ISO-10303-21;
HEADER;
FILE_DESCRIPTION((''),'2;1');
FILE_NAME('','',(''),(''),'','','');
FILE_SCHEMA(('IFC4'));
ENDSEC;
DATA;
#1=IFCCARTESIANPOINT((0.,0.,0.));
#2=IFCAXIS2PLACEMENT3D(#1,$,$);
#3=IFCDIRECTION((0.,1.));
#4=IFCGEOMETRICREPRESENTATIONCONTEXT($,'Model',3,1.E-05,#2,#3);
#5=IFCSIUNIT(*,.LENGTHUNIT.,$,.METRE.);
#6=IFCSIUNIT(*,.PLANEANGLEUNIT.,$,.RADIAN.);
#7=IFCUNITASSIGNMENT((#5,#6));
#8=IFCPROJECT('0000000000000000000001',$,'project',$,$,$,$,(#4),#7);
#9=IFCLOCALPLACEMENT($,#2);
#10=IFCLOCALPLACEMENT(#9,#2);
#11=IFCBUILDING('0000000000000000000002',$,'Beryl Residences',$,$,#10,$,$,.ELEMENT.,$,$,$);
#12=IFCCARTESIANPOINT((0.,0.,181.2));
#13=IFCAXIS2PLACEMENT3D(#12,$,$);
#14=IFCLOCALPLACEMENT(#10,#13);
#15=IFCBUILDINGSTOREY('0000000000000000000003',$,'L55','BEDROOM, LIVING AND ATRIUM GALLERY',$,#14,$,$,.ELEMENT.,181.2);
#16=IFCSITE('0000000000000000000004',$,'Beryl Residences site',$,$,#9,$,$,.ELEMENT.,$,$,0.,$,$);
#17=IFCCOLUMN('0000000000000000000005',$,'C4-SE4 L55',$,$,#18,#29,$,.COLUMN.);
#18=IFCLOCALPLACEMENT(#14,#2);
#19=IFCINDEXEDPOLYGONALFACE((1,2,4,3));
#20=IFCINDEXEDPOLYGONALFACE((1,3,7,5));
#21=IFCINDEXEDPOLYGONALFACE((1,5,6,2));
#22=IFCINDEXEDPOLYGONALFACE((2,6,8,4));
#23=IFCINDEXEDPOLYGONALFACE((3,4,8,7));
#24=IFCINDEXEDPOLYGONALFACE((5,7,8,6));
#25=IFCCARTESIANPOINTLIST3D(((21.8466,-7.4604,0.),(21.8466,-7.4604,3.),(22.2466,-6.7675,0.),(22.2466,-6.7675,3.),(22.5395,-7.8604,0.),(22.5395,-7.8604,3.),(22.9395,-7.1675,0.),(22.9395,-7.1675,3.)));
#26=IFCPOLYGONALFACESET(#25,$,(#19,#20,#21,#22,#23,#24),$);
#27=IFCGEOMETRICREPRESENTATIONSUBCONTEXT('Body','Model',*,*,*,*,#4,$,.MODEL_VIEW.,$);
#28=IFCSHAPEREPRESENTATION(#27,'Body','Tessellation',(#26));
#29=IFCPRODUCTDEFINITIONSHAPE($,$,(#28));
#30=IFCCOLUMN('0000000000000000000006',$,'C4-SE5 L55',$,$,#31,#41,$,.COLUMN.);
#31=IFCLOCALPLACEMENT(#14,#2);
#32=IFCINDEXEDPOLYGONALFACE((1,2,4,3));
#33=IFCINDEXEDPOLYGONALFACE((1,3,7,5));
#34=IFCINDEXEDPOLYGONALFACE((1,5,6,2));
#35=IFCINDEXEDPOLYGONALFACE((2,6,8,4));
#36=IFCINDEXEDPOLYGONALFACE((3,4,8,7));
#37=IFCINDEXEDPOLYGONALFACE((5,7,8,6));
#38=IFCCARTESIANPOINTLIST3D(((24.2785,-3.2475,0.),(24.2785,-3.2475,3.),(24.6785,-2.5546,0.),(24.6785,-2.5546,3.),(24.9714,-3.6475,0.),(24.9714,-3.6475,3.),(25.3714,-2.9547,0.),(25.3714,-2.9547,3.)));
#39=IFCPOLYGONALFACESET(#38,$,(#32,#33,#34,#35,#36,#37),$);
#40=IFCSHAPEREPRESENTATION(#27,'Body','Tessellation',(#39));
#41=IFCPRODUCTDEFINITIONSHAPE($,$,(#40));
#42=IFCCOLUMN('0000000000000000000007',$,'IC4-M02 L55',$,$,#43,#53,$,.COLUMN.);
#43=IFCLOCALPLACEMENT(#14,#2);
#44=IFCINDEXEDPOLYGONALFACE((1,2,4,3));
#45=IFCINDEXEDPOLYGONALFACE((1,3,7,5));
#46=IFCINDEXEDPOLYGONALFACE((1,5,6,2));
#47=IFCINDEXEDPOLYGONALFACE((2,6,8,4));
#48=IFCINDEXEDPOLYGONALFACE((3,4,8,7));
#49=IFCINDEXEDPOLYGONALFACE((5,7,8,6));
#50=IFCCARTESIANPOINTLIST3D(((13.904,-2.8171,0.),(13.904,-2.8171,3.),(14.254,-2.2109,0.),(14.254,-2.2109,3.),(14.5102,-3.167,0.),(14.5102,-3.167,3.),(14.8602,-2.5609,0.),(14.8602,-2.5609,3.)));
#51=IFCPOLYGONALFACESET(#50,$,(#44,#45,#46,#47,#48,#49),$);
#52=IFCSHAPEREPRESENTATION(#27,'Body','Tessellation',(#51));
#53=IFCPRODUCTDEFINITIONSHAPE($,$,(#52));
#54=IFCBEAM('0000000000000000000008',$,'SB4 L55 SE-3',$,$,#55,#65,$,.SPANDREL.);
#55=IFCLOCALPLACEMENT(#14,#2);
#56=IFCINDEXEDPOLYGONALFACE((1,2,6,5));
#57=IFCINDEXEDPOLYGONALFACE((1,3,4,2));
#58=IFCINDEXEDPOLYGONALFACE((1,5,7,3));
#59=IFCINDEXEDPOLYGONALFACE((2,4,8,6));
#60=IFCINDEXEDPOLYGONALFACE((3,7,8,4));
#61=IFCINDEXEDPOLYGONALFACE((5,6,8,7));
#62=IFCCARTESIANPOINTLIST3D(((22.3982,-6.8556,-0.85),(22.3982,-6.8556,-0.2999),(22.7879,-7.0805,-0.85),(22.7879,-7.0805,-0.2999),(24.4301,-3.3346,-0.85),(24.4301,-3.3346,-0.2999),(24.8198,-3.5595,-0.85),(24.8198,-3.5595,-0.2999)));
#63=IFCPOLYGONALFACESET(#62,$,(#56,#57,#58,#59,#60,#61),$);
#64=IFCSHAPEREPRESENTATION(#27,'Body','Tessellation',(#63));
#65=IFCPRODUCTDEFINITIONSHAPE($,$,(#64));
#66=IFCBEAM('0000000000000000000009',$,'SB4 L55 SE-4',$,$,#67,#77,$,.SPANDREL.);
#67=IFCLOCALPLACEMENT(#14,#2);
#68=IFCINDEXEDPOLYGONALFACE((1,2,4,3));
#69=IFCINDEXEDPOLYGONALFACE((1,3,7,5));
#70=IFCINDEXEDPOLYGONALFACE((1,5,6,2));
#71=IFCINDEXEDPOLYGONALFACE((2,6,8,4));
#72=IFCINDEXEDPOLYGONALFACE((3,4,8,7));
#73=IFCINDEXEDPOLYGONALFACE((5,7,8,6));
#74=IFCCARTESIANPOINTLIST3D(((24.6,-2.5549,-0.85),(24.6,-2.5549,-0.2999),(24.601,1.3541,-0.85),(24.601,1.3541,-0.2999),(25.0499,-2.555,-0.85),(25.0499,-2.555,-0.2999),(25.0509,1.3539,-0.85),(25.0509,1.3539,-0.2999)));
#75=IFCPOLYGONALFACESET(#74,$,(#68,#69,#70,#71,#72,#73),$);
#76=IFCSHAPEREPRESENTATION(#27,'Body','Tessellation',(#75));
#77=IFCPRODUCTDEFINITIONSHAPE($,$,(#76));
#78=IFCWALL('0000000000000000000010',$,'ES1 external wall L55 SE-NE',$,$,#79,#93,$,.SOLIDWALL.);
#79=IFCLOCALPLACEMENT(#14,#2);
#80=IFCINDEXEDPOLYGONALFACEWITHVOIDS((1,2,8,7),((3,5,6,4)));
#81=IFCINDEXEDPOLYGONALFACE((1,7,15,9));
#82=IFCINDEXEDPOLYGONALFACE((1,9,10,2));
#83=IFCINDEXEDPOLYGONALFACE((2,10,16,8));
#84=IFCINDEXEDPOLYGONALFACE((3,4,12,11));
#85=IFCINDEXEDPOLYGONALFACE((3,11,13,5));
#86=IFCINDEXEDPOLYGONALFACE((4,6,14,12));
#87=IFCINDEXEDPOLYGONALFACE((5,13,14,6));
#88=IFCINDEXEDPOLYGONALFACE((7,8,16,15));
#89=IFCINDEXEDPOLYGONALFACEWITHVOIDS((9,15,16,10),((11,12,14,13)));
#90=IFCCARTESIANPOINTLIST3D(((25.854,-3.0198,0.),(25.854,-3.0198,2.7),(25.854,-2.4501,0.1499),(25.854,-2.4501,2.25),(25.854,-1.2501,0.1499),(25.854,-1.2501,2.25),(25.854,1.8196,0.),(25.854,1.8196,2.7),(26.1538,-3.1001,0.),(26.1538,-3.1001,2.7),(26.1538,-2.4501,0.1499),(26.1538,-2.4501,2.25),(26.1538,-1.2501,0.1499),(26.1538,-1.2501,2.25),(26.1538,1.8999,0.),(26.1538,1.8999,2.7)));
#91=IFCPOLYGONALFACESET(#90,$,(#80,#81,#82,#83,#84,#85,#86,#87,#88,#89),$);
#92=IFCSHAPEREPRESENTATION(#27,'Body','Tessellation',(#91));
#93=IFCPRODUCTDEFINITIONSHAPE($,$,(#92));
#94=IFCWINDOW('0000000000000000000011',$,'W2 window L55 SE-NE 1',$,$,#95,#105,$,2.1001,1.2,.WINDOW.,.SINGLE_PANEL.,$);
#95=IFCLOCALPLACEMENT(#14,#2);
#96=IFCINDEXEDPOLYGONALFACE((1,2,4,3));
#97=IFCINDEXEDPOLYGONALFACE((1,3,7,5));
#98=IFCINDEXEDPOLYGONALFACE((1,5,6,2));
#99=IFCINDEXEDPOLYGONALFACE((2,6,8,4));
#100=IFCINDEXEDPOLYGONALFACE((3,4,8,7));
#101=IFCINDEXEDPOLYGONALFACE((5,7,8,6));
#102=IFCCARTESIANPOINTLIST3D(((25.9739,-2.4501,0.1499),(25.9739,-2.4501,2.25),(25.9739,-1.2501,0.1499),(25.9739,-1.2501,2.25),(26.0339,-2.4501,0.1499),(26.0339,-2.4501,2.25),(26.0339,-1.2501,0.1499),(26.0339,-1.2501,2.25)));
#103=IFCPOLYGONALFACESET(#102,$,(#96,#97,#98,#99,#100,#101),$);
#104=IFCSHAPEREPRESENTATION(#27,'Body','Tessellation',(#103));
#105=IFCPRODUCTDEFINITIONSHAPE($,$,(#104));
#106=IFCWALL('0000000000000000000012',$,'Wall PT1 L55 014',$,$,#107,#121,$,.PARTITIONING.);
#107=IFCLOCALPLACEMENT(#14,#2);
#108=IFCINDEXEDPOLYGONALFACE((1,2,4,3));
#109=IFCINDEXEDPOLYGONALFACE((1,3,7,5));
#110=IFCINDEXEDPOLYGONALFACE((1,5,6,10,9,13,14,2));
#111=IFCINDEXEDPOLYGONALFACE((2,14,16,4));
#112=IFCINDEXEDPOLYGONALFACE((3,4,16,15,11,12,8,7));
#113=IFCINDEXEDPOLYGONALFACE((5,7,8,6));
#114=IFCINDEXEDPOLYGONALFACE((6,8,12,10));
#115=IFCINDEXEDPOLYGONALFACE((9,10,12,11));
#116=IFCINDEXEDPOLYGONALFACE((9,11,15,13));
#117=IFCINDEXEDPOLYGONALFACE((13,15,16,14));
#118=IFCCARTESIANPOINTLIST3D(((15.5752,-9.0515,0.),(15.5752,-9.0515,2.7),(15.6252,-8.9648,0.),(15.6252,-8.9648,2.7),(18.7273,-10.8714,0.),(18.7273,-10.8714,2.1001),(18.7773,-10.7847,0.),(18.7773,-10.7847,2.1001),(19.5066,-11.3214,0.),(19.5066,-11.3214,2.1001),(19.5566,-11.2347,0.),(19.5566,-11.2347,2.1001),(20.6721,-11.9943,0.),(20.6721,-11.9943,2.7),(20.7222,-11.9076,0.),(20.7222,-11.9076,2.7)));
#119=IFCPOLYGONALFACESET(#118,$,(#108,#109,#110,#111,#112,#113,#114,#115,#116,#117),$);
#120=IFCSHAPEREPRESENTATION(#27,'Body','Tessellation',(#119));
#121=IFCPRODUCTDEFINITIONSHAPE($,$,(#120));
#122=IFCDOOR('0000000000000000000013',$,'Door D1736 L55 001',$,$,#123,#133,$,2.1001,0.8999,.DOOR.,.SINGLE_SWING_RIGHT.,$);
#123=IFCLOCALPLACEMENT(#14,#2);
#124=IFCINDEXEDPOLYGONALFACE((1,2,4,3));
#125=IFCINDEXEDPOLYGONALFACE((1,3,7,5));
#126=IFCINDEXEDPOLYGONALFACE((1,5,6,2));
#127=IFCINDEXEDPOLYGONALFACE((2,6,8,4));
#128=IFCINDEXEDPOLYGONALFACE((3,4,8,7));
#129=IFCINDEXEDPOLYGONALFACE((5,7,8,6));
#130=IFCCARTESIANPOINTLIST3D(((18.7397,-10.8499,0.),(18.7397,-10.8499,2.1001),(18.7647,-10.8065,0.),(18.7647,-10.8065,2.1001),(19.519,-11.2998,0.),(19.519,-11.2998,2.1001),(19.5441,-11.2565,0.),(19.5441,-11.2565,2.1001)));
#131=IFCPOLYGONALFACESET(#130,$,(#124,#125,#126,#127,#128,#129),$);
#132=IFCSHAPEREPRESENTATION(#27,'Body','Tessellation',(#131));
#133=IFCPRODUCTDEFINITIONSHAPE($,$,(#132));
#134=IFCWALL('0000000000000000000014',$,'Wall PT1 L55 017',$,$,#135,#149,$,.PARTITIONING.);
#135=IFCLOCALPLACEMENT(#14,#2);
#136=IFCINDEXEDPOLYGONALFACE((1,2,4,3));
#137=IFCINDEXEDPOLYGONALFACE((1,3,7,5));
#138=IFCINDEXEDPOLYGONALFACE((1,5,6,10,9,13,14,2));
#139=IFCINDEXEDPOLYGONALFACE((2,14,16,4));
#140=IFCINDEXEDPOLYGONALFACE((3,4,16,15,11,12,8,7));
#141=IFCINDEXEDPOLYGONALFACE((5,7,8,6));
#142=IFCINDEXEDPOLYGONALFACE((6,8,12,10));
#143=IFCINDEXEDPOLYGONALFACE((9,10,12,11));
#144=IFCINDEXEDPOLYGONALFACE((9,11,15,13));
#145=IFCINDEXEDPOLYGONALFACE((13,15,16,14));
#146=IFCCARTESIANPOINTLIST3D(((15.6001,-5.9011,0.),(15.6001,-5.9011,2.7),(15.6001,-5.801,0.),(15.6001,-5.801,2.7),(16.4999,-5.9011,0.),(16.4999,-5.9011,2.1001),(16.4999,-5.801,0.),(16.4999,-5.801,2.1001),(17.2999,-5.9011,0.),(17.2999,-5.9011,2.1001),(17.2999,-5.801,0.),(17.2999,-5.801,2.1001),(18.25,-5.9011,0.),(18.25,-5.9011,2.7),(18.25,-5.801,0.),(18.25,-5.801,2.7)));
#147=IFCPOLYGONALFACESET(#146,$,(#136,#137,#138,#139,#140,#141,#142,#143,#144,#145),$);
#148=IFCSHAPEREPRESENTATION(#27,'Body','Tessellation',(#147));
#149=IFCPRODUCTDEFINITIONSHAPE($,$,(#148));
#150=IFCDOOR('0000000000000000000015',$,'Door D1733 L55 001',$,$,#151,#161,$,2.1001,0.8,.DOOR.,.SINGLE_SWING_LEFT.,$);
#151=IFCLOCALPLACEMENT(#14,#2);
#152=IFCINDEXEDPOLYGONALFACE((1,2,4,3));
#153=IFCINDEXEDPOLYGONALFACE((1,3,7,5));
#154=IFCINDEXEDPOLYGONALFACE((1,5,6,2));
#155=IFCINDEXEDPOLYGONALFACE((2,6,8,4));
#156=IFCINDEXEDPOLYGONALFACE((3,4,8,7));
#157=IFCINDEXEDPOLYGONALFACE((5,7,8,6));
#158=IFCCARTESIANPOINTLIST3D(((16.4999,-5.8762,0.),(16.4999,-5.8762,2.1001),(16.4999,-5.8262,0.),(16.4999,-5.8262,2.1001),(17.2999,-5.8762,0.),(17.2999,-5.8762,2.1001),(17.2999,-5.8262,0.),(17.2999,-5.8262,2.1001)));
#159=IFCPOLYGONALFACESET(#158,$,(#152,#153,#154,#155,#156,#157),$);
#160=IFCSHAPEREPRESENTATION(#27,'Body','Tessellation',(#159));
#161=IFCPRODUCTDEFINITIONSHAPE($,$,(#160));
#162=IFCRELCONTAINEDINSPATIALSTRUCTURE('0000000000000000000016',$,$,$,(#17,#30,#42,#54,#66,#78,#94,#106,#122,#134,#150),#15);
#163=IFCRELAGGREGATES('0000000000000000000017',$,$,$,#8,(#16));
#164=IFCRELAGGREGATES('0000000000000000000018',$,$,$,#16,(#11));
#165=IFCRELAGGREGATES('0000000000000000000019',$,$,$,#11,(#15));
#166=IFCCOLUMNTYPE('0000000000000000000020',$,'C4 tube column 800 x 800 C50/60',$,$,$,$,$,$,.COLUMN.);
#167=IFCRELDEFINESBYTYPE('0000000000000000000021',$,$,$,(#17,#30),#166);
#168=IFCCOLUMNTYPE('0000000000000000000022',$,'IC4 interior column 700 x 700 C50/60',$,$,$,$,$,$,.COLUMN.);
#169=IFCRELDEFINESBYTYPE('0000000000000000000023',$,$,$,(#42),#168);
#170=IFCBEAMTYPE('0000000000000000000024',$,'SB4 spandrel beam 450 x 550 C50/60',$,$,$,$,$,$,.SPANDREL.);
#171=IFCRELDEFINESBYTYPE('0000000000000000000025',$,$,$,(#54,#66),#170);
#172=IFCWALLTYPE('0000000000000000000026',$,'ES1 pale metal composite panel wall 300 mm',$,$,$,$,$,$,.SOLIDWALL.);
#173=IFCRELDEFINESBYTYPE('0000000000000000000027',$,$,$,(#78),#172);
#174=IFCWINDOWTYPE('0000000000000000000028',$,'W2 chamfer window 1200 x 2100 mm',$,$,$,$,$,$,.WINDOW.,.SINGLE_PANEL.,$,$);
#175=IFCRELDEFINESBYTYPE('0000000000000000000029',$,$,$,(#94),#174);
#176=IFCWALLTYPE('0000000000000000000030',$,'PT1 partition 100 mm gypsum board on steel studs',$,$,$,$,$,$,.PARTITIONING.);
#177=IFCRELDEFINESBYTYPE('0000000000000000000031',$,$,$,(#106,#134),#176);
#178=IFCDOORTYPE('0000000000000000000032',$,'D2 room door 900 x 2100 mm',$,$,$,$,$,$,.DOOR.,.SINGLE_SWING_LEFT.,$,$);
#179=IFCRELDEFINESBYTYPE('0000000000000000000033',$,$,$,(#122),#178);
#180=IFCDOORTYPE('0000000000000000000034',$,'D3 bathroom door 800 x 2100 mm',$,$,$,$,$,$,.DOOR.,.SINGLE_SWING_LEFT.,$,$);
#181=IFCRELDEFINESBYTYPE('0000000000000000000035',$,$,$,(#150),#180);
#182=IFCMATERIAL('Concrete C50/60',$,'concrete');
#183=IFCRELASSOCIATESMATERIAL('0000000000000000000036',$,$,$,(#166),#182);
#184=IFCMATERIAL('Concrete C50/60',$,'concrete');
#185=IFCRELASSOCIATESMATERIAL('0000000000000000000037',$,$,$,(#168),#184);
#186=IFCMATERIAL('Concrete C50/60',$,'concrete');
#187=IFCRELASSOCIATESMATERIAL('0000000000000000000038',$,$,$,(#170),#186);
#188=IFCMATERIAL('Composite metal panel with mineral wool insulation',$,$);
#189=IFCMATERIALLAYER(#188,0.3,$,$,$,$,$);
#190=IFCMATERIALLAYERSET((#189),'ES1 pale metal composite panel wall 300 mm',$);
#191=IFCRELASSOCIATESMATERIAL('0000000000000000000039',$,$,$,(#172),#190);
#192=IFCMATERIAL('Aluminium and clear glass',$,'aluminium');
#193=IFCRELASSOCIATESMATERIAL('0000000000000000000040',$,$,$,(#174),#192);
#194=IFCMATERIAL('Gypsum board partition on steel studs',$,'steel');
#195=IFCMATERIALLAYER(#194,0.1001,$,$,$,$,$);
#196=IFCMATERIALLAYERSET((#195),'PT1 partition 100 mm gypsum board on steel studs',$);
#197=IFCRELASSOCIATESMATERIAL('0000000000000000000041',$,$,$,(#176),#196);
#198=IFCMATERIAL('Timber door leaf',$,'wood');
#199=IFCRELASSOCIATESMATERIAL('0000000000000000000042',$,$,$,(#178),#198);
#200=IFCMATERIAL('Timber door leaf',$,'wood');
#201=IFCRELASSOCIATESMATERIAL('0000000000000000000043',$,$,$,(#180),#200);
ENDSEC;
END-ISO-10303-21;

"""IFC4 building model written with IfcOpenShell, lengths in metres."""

from ifc_helpers import new_model, si_unit, direction, frame, frame_2d, origin, origin_2d, place, context, subcontext, project, spatial, polyline, rectangle, outline, extrude, material, layer, layer_set, material_profile, profile_set, type_object, element, fill, save


model = new_model("IFC4")

# Units and contexts
model_context = context("Model", 3, precision=1e-05, world=origin(), true_north=direction((0.0, 1.0)))
body_context = subcontext(model_context, "Body", "Model", "MODEL_VIEW")
ifc_project = project(units=[si_unit("LENGTHUNIT", "METRE"), si_unit("PLANEANGLEUNIT", "RADIAN")], contexts=[model_context])

# Site, building, storey
site_placement = place(None, origin())
site = spatial("IfcSite", under=ifc_project, at=site_placement, Name="Beryl Residences site", CompositionType="ELEMENT", RefElevation=0.0)
building_placement = place(site_placement, origin())
building = spatial("IfcBuilding", under=site, at=building_placement, Name="Beryl Residences", CompositionType="ELEMENT")
storey_placement = place(building_placement, frame((0.0, 0.0, 181.2)))
storey = spatial("IfcBuildingStorey", under=building, at=storey_placement, Name="L55", Description="BEDROOM, LIVING AND ATRIUM GALLERY", CompositionType="ELEMENT", Elevation=181.2)

# Columns
ifc_material_1 = material(Name="Concrete C50/60", Category="concrete")
ifc_material_profile_1 = material_profile(ifc_material_1, rectangle(XDim=0.8, YDim=0.8, at=origin_2d()))
ifc_profile_set_1 = profile_set([ifc_material_profile_1], Name="Concrete C50/60")
column_type_1 = type_object("IfcColumnType", Name="C4 tube column 800 x 800 C50/60", PredefinedType="COLUMN", material=ifc_profile_set_1)
for number, where, z_axis, x_axis, name in (
    (1, (22.3931, -7.314, 0.0), (0.0, 0.0, 1.0), (0.5, 0.866025, 0.0), "C4-SE4 L55"),
    (2, (24.825, -3.1011, 0.0), (0.0, 0.0, 1.0), (0.5, 0.866025, 0.0), "C4-SE5 L55"),
):
    element("IfcColumn", number, at=place(storey_placement, frame(where, z_axis=z_axis, x_axis=x_axis)), inside=storey, type_object=column_type_1, Name=name, PredefinedType="COLUMN", context=body_context, shape_type="SweptSolid", body=[
        extrude(rectangle(XDim=0.8, YDim=0.8, at=origin_2d()), origin(), (0.0, 0.0, 1.0), 3.0),
    ])
ifc_material_2 = material(Name="Concrete C50/60", Category="concrete")
ifc_material_profile_2 = material_profile(ifc_material_2, rectangle(XDim=0.7, YDim=0.7, at=origin_2d()))
ifc_profile_set_2 = profile_set([ifc_material_profile_2], Name="Concrete C50/60")
column_type_2 = type_object("IfcColumnType", Name="IC4 interior column 700 x 700 C50/60", PredefinedType="COLUMN", material=ifc_profile_set_2)
column_placement = place(storey_placement, frame((14.3821, -2.689, 0.0), z_axis=(0.0, 0.0, 1.0), x_axis=(0.5, 0.866025, 0.0)))
element("IfcColumn", 3, at=column_placement, inside=storey, type_object=column_type_2, Name="IC4-M02 L55", PredefinedType="COLUMN", context=body_context, shape_type="SweptSolid", body=[
    extrude(rectangle(XDim=0.7, YDim=0.7, at=origin_2d()), origin(), (0.0, 0.0, 1.0), 3.0),
])

# Beams
ifc_material_3 = material(Name="Concrete C50/60", Category="concrete")
ifc_material_profile_3 = material_profile(ifc_material_3, rectangle(XDim=0.45, YDim=0.55, at=origin_2d()))
ifc_profile_set_3 = profile_set([ifc_material_profile_3], Name="Concrete C50/60")
beam_type = type_object("IfcBeamType", Name="SB4 spandrel beam 450 x 550 C50/60", PredefinedType="SPANDREL", material=ifc_profile_set_3)
beam_1_placement = place(storey_placement, frame((22.593, -6.968, -0.575), z_axis=(0.49984, 0.866118, 0.0), x_axis=(-0.866118, 0.49984, 0.0)))
element("IfcBeam", 4, at=beam_1_placement, inside=storey, type_object=beam_type, Name="SB4 L55 SE-3", PredefinedType="SPANDREL", context=body_context, shape_type="SweptSolid", body=[
    extrude(rectangle(XDim=0.45, YDim=0.55, at=origin_2d()), origin(), (0.0, 0.0, 1.0), 4.0652),
])
beam_2_placement = place(storey_placement, frame((24.825, -2.5549, -0.575), z_axis=(0.00025, 1.0, 0.0), x_axis=(-1.0, 0.00025, 0.0)))
element("IfcBeam", 5, at=beam_2_placement, inside=storey, type_object=beam_type, Name="SB4 L55 SE-4", PredefinedType="SPANDREL", context=body_context, shape_type="SweptSolid", body=[
    extrude(rectangle(XDim=0.45, YDim=0.55, at=origin_2d()), origin(), (0.0, 0.0, 1.0), 3.9089),
])

# Wall, opening, window
ifc_material_4 = material(Name="Composite metal panel with mineral wool insulation")
ifc_layer_1 = layer(ifc_material_4, 0.3)
ifc_layer_set_1 = layer_set([ifc_layer_1], Name="ES1 pale metal composite panel wall 300 mm")
wall_type_1 = type_object("IfcWallType", Name="ES1 pale metal composite panel wall 300 mm", PredefinedType="SOLIDWALL", material=ifc_layer_set_1)
wall_1_placement = place(storey_placement, frame((26.0039, -3.1001, 0.0), z_axis=(0.0, 0.0, 1.0), x_axis=(0.0, 1.0, 0.0)))
wall_1 = element("IfcWall", 6, at=wall_1_placement, inside=storey, type_object=wall_type_1, Name="ES1 external wall L55 SE-NE", PredefinedType="SOLIDWALL", context=body_context, shape_type="SweptSolid", body=[
    extrude(outline(polyline([(0.0, -0.1499), (5.0, -0.1499), (4.9197, 0.1499), (0.0803, 0.1499), (0.0, -0.1499)])), origin(), (0.0, 0.0, 1.0), 2.7),
])
opening_1_placement = place(wall_1_placement, frame((0.6499, 0.0, 0.1499)))
opening_1 = element("IfcOpeningElement", 7, at=opening_1_placement, cuts=wall_1, PredefinedType="OPENING", context=body_context, shape_type="SweptSolid", body=[
    extrude(rectangle(XDim=1.2, YDim=2.1001, at=frame_2d((0.6001, 1.05))), frame((0.0, 0.1599, 0.0), z_axis=(0.0, -1.0, 0.0), x_axis=(1.0, 0.0, 0.0)), (0.0, 0.0, 1.0), 0.3201),
])
ifc_material_5 = material(Name="Aluminium and clear glass", Category="aluminium")
window_type = type_object("IfcWindowType", Name="W2 chamfer window 1200 x 2100 mm", PartitioningType="SINGLE_PANEL", PredefinedType="WINDOW", material=ifc_material_5)
window_placement = place(opening_1_placement, origin())
window = element("IfcWindow", 8, at=window_placement, inside=storey, type_object=window_type, Name="W2 window L55 SE-NE 1", OverallHeight=2.1001, OverallWidth=1.2, PartitioningType="SINGLE_PANEL", PredefinedType="WINDOW", context=body_context, shape_type="SweptSolid", body=[
    extrude(rectangle(XDim=1.2, YDim=2.1001, at=frame_2d((0.6001, 1.05))), frame((0.0, 0.03, 0.0), z_axis=(0.0, -1.0, 0.0), x_axis=(1.0, 0.0, 0.0)), (0.0, 0.0, 1.0), 0.0601),
])
fill(opening_1, window)

# Walls, openings, doors
ifc_material_6 = material(Name="Gypsum board partition on steel studs", Category="steel")
ifc_layer_2 = layer(ifc_material_6, 0.1001)
ifc_layer_set_2 = layer_set([ifc_layer_2], Name="PT1 partition 100 mm gypsum board on steel studs")
wall_type_2 = type_object("IfcWallType", Name="PT1 partition 100 mm gypsum board on steel studs", PredefinedType="PARTITIONING", material=ifc_layer_set_2)
wall_2_placement = place(storey_placement, frame((15.6001, -9.0081, 0.0), z_axis=(0.0, 0.0, 1.0), x_axis=(0.866014, -0.50002, 0.0)))
wall_2 = element("IfcWall", 9, at=wall_2_placement, inside=storey, type_object=wall_type_2, Name="Wall PT1 L55 014", PredefinedType="PARTITIONING", context=body_context, shape_type="SweptSolid", body=[
    extrude(rectangle(XDim=5.8855, YDim=0.1001, at=frame_2d((2.9429, 0.0))), origin(), (0.0, 0.0, 1.0), 2.7),
])
opening_2_placement = place(wall_2_placement, frame((3.6399, 0.0, 0.0)))
opening_2 = element("IfcOpeningElement", 10, at=opening_2_placement, cuts=wall_2, PredefinedType="OPENING", context=body_context, shape_type="SweptSolid", body=[
    extrude(rectangle(XDim=0.8999, YDim=2.1001, at=frame_2d((0.45, 1.05))), frame((0.0, 0.0601, 0.0), z_axis=(0.0, -1.0, 0.0), x_axis=(1.0, 0.0, 0.0)), (0.0, 0.0, 1.0), 0.1201),
])
ifc_material_7 = material(Name="Timber door leaf", Category="wood")
door_type_1 = type_object("IfcDoorType", Name="D2 room door 900 x 2100 mm", OperationType="SINGLE_SWING_LEFT", PredefinedType="DOOR", material=ifc_material_7)
door_1_placement = place(opening_2_placement, origin())
door_1 = element("IfcDoor", 11, at=door_1_placement, inside=storey, type_object=door_type_1, Name="Door D1736 L55 001", OperationType="SINGLE_SWING_RIGHT", OverallHeight=2.1001, OverallWidth=0.8999, PredefinedType="DOOR", context=body_context, shape_type="SweptSolid", body=[
    extrude(rectangle(XDim=0.8999, YDim=2.1001, at=frame_2d((0.45, 1.05))), frame((0.0, 0.0249, 0.0), z_axis=(0.0, -1.0, 0.0), x_axis=(1.0, 0.0, 0.0)), (0.0, 0.0, 1.0), 0.05),
])
fill(opening_2, door_1)
wall_3_placement = place(storey_placement, frame((15.6001, -5.8511, 0.0), z_axis=(0.0, 0.0, 1.0), x_axis=(1.0, 0.0, 0.0)))
wall_3 = element("IfcWall", 12, at=wall_3_placement, inside=storey, type_object=wall_type_2, Name="Wall PT1 L55 017", PredefinedType="PARTITIONING", context=body_context, shape_type="SweptSolid", body=[
    extrude(rectangle(XDim=2.6499, YDim=0.1001, at=frame_2d((1.325, 0.0))), origin(), (0.0, 0.0, 1.0), 2.7),
])
opening_3_placement = place(wall_3_placement, frame((0.8999, 0.0, 0.0)))
opening_3 = element("IfcOpeningElement", 13, at=opening_3_placement, cuts=wall_3, PredefinedType="OPENING", context=body_context, shape_type="SweptSolid", body=[
    extrude(rectangle(XDim=0.8, YDim=2.1001, at=frame_2d((0.3999, 1.05))), frame((0.0, 0.0601, 0.0), z_axis=(0.0, -1.0, 0.0), x_axis=(1.0, 0.0, 0.0)), (0.0, 0.0, 1.0), 0.1201),
])
ifc_material_8 = material(Name="Timber door leaf", Category="wood")
door_type_2 = type_object("IfcDoorType", Name="D3 bathroom door 800 x 2100 mm", OperationType="SINGLE_SWING_LEFT", PredefinedType="DOOR", material=ifc_material_8)
door_2_placement = place(opening_3_placement, origin())
door_2 = element("IfcDoor", 14, at=door_2_placement, inside=storey, type_object=door_type_2, Name="Door D1733 L55 001", OperationType="SINGLE_SWING_LEFT", OverallHeight=2.1001, OverallWidth=0.8, PredefinedType="DOOR", context=body_context, shape_type="SweptSolid", body=[
    extrude(rectangle(XDim=0.8, YDim=2.1001, at=frame_2d((0.3999, 1.05))), frame((0.0, 0.0249, 0.0), z_axis=(0.0, -1.0, 0.0), x_axis=(1.0, 0.0, 0.0)), (0.0, 0.0, 1.0), 0.05),
])
fill(opening_3, door_2)

save(model, "model.ifc")
